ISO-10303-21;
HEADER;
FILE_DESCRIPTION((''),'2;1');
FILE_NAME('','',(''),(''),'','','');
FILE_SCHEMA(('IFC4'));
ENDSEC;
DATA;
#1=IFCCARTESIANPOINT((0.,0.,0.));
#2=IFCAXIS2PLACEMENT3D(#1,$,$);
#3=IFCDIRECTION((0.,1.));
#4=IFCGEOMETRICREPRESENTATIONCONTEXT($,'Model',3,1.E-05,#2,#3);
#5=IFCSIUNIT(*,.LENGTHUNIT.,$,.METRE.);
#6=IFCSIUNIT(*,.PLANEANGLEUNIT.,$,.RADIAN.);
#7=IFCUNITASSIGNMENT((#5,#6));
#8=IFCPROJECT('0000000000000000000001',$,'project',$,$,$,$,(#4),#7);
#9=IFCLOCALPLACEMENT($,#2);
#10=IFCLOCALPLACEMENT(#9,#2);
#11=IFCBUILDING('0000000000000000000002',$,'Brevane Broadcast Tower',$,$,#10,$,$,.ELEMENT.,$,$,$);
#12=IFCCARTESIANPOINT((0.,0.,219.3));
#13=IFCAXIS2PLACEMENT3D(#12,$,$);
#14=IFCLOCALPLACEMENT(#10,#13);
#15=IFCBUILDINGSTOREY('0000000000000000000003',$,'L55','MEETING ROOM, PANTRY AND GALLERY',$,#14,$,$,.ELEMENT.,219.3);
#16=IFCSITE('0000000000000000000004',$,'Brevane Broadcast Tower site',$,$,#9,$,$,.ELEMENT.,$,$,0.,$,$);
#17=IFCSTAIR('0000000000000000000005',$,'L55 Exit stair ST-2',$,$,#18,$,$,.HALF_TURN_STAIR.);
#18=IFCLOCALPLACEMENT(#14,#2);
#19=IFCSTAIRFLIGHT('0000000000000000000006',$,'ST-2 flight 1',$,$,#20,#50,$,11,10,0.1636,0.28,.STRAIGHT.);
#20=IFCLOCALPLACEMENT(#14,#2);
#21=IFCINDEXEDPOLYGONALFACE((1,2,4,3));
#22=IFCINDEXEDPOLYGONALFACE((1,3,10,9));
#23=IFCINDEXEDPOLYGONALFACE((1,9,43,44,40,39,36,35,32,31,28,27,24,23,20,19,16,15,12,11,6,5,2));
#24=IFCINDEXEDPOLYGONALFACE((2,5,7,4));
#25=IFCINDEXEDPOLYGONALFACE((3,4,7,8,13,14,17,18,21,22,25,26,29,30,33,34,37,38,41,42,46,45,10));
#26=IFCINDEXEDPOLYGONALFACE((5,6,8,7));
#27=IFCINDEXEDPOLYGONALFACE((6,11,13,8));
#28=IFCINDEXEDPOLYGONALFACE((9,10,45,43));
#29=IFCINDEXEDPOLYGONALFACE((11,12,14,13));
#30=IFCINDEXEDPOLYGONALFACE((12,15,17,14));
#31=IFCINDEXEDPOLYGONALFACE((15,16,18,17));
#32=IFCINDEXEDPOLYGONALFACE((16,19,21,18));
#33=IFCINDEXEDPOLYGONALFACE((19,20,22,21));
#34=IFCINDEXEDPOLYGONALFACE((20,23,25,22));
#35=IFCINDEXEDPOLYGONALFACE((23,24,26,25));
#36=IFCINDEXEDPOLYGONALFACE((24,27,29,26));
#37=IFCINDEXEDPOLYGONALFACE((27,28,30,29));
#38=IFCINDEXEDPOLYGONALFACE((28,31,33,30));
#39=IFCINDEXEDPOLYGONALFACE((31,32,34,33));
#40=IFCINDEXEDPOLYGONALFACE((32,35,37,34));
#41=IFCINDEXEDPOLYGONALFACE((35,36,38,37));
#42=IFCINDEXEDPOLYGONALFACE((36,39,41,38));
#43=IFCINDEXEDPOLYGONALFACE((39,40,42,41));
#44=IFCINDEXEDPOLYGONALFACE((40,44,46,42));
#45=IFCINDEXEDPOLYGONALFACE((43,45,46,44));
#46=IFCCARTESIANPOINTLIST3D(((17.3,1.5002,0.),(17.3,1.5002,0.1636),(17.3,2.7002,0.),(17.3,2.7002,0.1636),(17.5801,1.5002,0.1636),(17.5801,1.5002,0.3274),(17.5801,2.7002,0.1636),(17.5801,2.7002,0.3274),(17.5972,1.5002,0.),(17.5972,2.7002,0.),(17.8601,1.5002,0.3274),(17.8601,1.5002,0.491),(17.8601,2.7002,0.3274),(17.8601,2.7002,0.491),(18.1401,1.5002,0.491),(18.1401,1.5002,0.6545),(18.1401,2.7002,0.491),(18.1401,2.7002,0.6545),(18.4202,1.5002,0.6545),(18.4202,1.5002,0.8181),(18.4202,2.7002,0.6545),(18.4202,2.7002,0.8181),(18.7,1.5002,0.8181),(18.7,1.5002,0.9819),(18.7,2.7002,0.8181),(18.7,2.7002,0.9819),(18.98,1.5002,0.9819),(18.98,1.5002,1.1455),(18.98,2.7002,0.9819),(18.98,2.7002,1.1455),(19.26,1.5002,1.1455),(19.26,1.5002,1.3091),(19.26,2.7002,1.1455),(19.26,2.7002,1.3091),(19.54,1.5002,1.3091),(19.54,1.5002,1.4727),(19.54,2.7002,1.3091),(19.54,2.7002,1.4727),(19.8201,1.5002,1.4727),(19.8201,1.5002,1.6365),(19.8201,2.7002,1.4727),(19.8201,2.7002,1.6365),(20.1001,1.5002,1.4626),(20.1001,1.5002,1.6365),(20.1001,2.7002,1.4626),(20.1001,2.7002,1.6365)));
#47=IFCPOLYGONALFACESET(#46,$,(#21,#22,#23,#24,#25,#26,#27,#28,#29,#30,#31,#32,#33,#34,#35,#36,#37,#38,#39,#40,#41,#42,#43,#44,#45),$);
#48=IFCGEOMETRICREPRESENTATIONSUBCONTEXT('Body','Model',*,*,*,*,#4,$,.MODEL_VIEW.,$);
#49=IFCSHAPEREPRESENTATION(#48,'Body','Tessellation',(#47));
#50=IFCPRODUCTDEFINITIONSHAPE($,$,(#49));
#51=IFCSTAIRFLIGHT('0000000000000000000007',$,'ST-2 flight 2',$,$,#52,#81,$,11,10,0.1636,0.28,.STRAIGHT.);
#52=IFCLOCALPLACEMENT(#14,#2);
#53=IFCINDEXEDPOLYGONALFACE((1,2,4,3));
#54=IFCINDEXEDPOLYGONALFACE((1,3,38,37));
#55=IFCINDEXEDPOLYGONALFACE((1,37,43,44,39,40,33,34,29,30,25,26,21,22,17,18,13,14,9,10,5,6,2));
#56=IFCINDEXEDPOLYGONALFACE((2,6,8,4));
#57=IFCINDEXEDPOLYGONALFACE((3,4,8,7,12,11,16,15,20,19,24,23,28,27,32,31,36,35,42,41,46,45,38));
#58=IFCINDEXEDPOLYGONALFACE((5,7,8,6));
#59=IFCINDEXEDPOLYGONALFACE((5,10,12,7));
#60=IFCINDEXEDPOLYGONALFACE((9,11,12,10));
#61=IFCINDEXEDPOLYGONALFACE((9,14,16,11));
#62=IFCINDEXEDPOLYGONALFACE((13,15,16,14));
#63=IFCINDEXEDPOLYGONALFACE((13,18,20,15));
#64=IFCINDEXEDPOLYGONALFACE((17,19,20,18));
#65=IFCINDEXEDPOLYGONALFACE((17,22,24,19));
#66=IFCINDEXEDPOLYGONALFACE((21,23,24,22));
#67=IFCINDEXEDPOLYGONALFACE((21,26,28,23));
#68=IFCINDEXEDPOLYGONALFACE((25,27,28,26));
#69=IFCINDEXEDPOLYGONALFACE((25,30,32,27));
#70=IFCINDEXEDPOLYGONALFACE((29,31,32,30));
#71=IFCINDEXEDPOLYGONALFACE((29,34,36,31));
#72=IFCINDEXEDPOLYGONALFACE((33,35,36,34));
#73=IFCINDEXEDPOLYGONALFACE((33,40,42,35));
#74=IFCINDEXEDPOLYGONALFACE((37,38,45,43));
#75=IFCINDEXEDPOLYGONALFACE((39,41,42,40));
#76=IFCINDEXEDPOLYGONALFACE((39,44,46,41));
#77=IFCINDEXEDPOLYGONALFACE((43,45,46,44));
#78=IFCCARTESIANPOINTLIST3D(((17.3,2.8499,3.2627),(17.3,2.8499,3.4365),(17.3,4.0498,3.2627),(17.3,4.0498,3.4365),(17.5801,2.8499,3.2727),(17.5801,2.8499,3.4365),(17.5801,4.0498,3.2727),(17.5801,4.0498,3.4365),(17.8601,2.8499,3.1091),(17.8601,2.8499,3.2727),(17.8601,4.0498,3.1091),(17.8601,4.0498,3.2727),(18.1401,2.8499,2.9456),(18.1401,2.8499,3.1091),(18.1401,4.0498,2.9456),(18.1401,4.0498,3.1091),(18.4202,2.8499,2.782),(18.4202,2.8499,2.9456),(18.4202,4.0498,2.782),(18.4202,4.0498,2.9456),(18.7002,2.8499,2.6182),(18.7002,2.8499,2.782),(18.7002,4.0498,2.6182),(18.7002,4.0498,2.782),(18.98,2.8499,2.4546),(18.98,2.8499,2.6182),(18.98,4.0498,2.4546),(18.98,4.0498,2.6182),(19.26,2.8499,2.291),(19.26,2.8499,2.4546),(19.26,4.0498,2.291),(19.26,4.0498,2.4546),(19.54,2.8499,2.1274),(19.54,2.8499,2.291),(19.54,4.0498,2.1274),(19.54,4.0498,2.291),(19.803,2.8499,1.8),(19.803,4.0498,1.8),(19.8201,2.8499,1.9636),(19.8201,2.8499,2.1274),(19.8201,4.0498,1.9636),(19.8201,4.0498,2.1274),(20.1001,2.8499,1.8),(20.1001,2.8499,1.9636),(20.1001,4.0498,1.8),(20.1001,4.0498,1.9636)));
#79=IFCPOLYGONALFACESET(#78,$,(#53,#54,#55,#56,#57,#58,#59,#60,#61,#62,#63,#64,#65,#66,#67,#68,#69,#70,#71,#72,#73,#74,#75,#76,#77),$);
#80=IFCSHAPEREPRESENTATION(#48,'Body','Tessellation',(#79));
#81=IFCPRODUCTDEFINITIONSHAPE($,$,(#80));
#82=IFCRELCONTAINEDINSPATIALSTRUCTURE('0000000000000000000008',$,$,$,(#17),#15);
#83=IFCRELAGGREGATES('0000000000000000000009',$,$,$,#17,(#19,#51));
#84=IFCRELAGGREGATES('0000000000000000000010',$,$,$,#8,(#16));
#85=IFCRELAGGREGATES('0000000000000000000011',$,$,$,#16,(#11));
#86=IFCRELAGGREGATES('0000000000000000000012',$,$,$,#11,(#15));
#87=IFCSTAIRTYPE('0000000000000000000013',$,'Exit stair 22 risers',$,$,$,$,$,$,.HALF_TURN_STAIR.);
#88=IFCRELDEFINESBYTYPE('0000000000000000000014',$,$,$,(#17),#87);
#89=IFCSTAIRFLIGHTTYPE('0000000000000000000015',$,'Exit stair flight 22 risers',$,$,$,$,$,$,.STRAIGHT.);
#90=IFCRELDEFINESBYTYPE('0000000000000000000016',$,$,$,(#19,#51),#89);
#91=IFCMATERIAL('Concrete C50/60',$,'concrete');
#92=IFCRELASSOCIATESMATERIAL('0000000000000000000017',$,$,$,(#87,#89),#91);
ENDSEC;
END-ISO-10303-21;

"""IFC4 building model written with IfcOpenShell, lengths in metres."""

from ifc_helpers import new_model, si_unit, direction, frame, origin, place, context, subcontext, project, spatial, polyline, outline, extrude, material, type_object, element, aggregate, save


model = new_model("IFC4")

# Units and contexts
model_context = context("Model", 3, precision=1e-05, world=origin(), true_north=direction((0.0, 1.0)))
body_context = subcontext(model_context, "Body", "Model", "MODEL_VIEW")
ifc_project = project(units=[si_unit("LENGTHUNIT", "METRE"), si_unit("PLANEANGLEUNIT", "RADIAN")], contexts=[model_context])

# Site, building, storey
site_placement = place(None, origin())
site = spatial("IfcSite", under=ifc_project, at=site_placement, Name="Brevane Broadcast Tower site", CompositionType="ELEMENT", RefElevation=0.0)
building_placement = place(site_placement, origin())
building = spatial("IfcBuilding", under=site, at=building_placement, Name="Brevane Broadcast Tower", CompositionType="ELEMENT")
storey_placement = place(building_placement, frame((0.0, 0.0, 219.3)))
storey = spatial("IfcBuildingStorey", under=building, at=storey_placement, Name="L55", Description="MEETING ROOM, PANTRY AND GALLERY", CompositionType="ELEMENT", Elevation=219.3)

# Shared definitions
ifc_material_1 = material(Name="Concrete C50/60", Category="concrete")

# Stair, stair flights
stair_type = type_object("IfcStairType", Name="Exit stair 22 risers", PredefinedType="HALF_TURN_STAIR", material=ifc_material_1)
stair_placement = place(storey_placement, origin())
stair = element("IfcStair", 1, at=stair_placement, inside=storey, type_object=stair_type, Name="L55 Exit stair ST-2", PredefinedType="HALF_TURN_STAIR")
stair_flight_type = type_object("IfcStairFlightType", Name="Exit stair flight 22 risers", PredefinedType="STRAIGHT", material=ifc_material_1)
stair_flight_1_placement = place(storey_placement, frame((17.3, 2.1001, 0.0), z_axis=(0.0, 0.0, 1.0), x_axis=(1.0, 0.0, 0.0)))
stair_flight_1 = element("IfcStairFlight", 2, at=stair_flight_1_placement, type_object=stair_flight_type, Name="ST-2 flight 1", NumberOfRisers=11, NumberOfTreads=10, PredefinedType="STRAIGHT", RiserHeight=0.1636, TreadLength=0.28, context=body_context, shape_type="SweptSolid", body=[
    extrude(outline(polyline([(0.0, 0.0), (0.0, 0.1636), (0.28, 0.1636), (0.28, 0.3274), (0.5601, 0.3274), (0.5601, 0.491), (0.8401, 0.491), (0.8401, 0.6545), (1.1201, 0.6545), (1.1201, 0.8181), (1.3999, 0.8181), (1.3999, 0.9819), (1.6799, 0.9819), (1.6799, 1.1455), (1.96, 1.1455), (1.96, 1.3091), (2.24, 1.3091), (2.24, 1.4727), (2.52, 1.4727), (2.52, 1.6365), (2.8, 1.6365), (2.8, 1.8), (2.8, 1.4626), (0.2971, 0.0), (0.0, 0.0)])), frame((0.0, 0.6001, 0.0), z_axis=(0.0, -1.0, 0.0), x_axis=(1.0, 0.0, 0.0)), (0.0, 0.0, 1.0), 1.2),
])
stair_flight_2_placement = place(storey_placement, frame((20.1001, 3.45, 1.8), z_axis=(0.0, 0.0, 1.0), x_axis=(-1.0, 0.0, 0.0)))
stair_flight_2 = element("IfcStairFlight", 3, at=stair_flight_2_placement, type_object=stair_flight_type, Name="ST-2 flight 2", NumberOfRisers=11, NumberOfTreads=10, PredefinedType="STRAIGHT", RiserHeight=0.1636, TreadLength=0.28, context=body_context, shape_type="SweptSolid", body=[
    extrude(outline(polyline([(0.0, 0.0), (0.0, 0.1636), (0.28, 0.1636), (0.28, 0.3274), (0.5601, 0.3274), (0.5601, 0.491), (0.8401, 0.491), (0.8401, 0.6545), (1.1201, 0.6545), (1.1201, 0.8181), (1.3999, 0.8181), (1.3999, 0.9819), (1.6799, 0.9819), (1.6799, 1.1455), (1.96, 1.1455), (1.96, 1.3091), (2.24, 1.3091), (2.24, 1.4727), (2.52, 1.4727), (2.52, 1.6365), (2.8, 1.6365), (2.8, 1.8), (2.8, 1.4626), (0.2971, 0.0), (0.0, 0.0)])), frame((0.0, 0.6001, 0.0), z_axis=(0.0, -1.0, 0.0), x_axis=(1.0, 0.0, 0.0)), (0.0, 0.0, 1.0), 1.2),
])
aggregate(stair, [stair_flight_1, stair_flight_2])

save(model, "model.ifc")
